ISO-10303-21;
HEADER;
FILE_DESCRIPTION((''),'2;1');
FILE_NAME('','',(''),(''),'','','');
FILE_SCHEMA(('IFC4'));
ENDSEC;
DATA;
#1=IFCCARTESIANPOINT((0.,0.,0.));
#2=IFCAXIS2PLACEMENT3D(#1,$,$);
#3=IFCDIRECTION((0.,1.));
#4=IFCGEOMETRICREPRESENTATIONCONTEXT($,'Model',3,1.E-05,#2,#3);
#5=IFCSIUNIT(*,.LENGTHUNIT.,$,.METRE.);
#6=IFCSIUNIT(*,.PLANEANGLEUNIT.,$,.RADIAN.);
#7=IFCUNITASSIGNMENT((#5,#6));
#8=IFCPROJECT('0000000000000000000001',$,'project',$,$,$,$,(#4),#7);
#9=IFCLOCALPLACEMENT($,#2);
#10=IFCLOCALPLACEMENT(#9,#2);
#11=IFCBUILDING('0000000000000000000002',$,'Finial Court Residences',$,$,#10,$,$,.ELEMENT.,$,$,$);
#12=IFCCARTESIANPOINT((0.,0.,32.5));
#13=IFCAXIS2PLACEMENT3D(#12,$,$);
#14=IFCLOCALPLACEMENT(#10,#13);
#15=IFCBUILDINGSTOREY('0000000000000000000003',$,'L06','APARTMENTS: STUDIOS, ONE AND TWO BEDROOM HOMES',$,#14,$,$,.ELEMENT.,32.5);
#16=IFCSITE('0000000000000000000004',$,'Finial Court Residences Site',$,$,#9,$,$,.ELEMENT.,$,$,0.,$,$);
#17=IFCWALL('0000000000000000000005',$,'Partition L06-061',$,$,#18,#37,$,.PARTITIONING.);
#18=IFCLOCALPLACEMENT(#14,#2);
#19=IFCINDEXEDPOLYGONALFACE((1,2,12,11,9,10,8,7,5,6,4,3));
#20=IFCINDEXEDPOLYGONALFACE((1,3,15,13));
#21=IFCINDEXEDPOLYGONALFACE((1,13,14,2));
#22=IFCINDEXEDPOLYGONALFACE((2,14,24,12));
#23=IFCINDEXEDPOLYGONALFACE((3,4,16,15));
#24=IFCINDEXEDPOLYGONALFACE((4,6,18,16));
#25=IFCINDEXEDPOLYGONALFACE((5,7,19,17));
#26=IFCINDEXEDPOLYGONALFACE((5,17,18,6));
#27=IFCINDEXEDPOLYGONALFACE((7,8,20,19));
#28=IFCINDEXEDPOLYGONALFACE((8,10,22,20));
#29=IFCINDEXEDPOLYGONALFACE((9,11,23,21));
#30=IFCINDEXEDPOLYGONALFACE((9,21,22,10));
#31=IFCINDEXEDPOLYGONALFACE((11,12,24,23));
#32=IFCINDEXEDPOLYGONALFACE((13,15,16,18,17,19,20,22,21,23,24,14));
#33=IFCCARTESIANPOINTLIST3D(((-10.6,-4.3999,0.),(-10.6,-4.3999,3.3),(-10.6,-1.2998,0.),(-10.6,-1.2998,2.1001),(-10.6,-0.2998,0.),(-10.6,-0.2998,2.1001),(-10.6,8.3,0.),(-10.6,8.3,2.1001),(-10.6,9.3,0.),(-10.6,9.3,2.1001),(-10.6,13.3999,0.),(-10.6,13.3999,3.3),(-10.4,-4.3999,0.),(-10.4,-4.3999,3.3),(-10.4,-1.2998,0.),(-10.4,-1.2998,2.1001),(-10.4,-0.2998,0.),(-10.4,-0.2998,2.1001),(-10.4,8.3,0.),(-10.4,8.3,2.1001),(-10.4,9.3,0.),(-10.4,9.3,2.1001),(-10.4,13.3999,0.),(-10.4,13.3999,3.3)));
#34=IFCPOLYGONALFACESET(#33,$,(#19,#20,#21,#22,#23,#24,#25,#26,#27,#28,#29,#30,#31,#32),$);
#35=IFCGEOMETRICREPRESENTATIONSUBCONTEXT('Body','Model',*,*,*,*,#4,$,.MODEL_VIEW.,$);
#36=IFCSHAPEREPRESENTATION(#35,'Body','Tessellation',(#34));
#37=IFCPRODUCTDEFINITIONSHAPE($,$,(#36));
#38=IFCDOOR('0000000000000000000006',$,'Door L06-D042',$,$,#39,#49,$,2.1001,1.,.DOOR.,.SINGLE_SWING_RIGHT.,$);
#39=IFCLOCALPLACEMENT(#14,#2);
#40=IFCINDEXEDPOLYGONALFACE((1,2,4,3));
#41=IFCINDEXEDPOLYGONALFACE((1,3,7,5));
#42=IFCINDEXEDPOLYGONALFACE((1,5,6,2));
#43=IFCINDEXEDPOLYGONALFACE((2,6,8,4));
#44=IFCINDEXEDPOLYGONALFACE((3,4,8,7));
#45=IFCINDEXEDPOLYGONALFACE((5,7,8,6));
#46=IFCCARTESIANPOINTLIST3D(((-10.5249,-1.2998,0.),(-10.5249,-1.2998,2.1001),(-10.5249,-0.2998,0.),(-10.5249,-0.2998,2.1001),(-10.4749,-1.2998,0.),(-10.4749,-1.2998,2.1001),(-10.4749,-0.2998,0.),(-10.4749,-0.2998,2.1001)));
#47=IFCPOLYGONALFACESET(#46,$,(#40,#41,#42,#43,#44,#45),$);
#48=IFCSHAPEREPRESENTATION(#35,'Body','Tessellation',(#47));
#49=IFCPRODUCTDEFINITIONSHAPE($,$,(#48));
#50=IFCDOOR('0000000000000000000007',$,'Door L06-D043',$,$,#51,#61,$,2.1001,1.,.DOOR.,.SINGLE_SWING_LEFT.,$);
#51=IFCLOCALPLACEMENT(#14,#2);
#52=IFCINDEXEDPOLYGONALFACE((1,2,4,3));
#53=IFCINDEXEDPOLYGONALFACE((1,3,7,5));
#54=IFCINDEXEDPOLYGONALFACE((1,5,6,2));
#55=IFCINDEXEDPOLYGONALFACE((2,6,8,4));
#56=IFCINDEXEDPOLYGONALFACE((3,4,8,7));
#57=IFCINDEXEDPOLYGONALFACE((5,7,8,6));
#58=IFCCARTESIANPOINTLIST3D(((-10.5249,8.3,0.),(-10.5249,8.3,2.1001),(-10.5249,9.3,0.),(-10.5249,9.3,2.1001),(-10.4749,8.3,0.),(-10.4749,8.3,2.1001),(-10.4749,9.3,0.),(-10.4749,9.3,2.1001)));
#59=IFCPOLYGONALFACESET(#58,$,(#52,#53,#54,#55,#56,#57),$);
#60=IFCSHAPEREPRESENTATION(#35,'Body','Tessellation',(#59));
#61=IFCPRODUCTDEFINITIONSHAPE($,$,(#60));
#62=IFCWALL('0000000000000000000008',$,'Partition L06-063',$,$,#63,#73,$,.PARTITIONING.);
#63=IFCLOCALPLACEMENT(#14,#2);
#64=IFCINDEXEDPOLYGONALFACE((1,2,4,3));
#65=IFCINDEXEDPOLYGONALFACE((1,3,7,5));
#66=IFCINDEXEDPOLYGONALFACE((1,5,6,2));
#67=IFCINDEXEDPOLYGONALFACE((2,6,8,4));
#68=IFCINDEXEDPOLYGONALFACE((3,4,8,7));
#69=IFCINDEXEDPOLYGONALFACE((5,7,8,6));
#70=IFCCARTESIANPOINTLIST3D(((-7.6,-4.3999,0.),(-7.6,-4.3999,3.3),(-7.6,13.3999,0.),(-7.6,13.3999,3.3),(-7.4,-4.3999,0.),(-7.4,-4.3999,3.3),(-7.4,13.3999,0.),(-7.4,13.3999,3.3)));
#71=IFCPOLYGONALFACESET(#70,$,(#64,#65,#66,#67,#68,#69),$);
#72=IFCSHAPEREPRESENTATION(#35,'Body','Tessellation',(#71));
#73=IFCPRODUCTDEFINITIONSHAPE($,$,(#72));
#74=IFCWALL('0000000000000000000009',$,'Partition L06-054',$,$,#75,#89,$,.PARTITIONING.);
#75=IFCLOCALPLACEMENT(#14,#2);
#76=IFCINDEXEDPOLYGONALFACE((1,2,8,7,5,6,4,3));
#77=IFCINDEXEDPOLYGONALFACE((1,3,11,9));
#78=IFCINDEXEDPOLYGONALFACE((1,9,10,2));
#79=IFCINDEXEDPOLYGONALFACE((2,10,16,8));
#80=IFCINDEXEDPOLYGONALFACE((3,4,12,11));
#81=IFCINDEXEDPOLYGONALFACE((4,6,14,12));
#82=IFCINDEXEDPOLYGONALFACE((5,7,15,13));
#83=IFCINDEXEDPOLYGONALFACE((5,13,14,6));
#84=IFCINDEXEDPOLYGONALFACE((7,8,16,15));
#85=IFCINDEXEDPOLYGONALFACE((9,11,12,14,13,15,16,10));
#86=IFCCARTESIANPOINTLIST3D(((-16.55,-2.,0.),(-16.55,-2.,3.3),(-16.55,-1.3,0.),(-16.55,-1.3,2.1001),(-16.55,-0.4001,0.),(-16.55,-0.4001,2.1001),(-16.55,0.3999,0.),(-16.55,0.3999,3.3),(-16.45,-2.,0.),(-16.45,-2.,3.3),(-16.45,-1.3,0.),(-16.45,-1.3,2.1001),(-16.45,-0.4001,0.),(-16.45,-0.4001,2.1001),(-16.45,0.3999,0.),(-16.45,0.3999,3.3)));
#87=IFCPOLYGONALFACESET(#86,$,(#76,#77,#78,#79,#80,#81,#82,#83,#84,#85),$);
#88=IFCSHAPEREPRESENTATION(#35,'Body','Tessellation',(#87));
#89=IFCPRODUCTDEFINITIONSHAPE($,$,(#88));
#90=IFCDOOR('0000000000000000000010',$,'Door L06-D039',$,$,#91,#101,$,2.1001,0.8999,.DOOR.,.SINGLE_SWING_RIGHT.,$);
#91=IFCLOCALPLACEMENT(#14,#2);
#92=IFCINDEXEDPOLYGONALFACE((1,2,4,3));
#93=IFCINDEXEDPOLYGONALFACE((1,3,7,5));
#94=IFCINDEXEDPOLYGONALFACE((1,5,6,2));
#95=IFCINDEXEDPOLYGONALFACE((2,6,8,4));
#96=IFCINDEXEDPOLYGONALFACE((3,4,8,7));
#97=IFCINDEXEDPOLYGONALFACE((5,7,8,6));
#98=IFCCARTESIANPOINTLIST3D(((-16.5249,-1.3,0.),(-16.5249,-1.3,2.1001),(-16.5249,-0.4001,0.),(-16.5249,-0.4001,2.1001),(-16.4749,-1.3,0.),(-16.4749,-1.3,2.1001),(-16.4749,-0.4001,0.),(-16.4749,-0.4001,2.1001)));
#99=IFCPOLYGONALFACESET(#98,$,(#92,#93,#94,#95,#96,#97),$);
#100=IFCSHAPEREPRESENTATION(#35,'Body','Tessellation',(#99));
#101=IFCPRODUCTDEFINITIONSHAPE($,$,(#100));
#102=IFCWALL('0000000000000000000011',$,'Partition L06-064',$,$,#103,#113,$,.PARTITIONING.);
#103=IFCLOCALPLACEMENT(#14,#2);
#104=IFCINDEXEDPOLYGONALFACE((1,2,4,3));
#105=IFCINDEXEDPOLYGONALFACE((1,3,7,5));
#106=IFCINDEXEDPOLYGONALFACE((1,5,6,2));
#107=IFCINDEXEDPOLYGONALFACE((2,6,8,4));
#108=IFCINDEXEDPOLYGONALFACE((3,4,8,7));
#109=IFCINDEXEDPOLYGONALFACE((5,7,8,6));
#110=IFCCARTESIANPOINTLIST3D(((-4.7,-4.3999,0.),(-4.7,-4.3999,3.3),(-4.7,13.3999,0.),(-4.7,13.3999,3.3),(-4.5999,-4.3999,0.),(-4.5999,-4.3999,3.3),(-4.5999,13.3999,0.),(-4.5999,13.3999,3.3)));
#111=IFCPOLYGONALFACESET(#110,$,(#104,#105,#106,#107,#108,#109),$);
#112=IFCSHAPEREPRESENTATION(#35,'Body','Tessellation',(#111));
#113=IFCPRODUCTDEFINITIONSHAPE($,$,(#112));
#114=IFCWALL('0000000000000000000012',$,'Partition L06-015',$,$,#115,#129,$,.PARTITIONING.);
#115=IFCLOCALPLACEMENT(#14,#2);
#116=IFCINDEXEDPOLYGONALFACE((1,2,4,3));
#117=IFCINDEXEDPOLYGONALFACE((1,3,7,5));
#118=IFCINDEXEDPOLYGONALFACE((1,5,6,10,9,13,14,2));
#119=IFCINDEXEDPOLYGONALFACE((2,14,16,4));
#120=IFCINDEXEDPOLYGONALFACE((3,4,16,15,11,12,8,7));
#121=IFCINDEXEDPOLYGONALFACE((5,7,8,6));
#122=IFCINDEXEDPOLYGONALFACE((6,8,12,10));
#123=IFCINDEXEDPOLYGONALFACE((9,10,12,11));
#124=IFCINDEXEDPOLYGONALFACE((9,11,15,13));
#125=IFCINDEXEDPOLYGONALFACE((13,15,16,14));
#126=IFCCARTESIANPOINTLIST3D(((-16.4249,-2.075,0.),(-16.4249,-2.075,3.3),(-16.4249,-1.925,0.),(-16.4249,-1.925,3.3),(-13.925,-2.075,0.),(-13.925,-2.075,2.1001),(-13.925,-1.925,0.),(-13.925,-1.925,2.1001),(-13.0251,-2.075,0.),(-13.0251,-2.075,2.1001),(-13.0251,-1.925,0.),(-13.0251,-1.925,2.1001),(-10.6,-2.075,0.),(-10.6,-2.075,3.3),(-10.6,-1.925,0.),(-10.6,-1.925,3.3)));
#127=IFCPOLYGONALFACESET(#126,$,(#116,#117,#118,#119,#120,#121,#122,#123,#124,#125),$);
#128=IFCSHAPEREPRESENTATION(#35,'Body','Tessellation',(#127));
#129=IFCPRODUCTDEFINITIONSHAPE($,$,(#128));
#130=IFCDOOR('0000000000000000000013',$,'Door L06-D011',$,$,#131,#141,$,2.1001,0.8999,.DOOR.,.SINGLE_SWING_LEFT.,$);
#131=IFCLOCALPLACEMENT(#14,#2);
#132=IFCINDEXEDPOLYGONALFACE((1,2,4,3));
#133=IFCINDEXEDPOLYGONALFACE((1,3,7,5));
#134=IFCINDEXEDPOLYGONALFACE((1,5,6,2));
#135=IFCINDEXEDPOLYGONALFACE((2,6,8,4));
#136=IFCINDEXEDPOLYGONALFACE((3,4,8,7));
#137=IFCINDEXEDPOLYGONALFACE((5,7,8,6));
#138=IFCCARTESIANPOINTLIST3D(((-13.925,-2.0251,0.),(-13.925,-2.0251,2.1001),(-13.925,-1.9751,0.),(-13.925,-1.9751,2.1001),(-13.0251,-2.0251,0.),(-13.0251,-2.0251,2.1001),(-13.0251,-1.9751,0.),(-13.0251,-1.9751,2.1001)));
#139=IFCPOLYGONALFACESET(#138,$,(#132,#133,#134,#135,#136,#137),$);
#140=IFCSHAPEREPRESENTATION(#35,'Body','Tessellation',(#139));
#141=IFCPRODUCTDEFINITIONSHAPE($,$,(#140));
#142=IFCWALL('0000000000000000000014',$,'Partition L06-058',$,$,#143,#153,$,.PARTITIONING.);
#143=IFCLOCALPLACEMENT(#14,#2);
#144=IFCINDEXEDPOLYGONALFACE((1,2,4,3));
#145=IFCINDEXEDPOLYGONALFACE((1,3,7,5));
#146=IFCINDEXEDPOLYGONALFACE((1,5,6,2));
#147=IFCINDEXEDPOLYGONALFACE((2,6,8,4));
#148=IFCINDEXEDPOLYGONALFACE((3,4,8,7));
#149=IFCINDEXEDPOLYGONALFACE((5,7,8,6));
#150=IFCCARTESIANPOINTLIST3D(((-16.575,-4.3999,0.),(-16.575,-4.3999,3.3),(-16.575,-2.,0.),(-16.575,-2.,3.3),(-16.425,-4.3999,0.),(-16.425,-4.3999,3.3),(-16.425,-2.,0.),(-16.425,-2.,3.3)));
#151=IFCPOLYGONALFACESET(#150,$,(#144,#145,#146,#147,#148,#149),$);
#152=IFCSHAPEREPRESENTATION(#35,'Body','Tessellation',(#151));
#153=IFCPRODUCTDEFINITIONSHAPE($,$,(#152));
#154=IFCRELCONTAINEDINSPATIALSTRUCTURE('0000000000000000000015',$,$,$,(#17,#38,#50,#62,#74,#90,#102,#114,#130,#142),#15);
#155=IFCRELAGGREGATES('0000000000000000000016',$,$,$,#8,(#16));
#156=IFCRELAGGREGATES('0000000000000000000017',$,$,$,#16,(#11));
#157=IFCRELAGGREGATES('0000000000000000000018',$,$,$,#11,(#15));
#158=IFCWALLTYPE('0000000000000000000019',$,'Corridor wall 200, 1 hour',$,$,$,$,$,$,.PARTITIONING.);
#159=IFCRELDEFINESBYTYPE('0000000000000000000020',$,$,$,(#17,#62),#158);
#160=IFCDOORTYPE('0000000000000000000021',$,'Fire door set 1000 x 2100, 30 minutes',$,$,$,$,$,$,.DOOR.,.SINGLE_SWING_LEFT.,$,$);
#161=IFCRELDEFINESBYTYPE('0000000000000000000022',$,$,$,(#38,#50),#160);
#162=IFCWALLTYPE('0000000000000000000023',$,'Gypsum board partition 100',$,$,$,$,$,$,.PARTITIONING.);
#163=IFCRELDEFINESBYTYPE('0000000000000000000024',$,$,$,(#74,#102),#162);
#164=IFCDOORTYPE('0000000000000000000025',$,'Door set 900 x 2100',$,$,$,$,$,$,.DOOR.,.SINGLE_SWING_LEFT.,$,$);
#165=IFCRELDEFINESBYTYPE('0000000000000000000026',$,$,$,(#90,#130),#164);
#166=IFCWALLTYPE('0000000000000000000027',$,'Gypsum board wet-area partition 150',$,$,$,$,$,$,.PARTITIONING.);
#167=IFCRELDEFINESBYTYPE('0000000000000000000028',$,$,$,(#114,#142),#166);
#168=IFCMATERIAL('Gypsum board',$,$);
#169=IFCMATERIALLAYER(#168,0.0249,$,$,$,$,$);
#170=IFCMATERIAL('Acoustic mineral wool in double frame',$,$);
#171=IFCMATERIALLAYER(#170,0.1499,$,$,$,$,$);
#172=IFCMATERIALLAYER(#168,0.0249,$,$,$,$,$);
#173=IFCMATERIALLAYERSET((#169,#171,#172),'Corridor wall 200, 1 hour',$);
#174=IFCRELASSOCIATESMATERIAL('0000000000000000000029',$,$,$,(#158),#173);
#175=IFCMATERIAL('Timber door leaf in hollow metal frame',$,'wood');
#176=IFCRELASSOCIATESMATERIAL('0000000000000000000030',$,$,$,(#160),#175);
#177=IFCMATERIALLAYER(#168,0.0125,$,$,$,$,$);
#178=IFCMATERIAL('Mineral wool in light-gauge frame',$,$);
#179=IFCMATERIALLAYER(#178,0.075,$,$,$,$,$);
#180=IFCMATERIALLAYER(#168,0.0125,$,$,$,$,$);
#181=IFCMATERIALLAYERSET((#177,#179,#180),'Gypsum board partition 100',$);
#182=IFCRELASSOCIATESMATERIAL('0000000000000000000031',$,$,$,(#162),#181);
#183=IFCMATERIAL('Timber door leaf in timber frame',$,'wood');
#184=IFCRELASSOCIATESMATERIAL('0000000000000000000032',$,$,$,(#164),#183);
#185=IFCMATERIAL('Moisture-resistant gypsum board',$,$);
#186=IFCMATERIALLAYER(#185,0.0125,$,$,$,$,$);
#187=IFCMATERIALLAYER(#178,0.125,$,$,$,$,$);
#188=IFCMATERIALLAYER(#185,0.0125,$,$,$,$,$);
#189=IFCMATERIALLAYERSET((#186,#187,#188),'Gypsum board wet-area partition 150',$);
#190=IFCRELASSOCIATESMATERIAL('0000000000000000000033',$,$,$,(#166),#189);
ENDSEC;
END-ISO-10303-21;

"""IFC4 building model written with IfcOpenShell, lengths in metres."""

from ifc_helpers import new_model, si_unit, direction, frame, frame_2d, origin, place, context, subcontext, project, spatial, rectangle, extrude, material, layer, layer_set, type_object, element, fill, save


model = new_model("IFC4")

# Units and contexts
model_context = context("Model", 3, precision=1e-05, world=origin(), true_north=direction((0.0, 1.0)))
body_context = subcontext(model_context, "Body", "Model", "MODEL_VIEW")
ifc_project = project(units=[si_unit("LENGTHUNIT", "METRE"), si_unit("PLANEANGLEUNIT", "RADIAN")], contexts=[model_context])

# Site, building, storey
site_placement = place(None, origin())
site = spatial("IfcSite", under=ifc_project, at=site_placement, Name="Finial Court Residences Site", CompositionType="ELEMENT", RefElevation=0.0)
building_placement = place(site_placement, origin())
building = spatial("IfcBuilding", under=site, at=building_placement, Name="Finial Court Residences", CompositionType="ELEMENT")
storey_placement = place(building_placement, frame((0.0, 0.0, 32.5)))
storey = spatial("IfcBuildingStorey", under=building, at=storey_placement, Name="L06", Description="APARTMENTS: STUDIOS, ONE AND TWO BEDROOM HOMES", CompositionType="ELEMENT", Elevation=32.5)

# Wall, openings, doors
ifc_material_1 = material(Name="Gypsum board")
ifc_layer_1 = layer(ifc_material_1, 0.0249)
ifc_material_2 = material(Name="Acoustic mineral wool in double frame")
ifc_layer_2 = layer(ifc_material_2, 0.1499)
ifc_layer_3 = layer(ifc_material_1, 0.0249)
ifc_layer_set_1 = layer_set([ifc_layer_1, ifc_layer_2, ifc_layer_3], Name="Corridor wall 200, 1 hour")
wall_type_1 = type_object("IfcWallType", Name="Corridor wall 200, 1 hour", PredefinedType="PARTITIONING", material=ifc_layer_set_1)
ifc_material_3 = material(Name="Timber door leaf in hollow metal frame", Category="wood")
wall_1_placement = place(storey_placement, frame((-10.5, -4.3999, 0.0), z_axis=(0.0, 0.0, 1.0), x_axis=(0.0, 1.0, 0.0)))
wall_1 = element("IfcWall", 1, at=wall_1_placement, inside=storey, type_object=wall_type_1, Name="Partition L06-061", PredefinedType="PARTITIONING", context=body_context, shape_type="SweptSolid", body=[
    extrude(rectangle(XDim=17.7998, YDim=0.2, at=frame_2d((8.8999, 0.0))), origin(), (0.0, 0.0, 1.0), 3.3),
])
opening_1_placement = place(wall_1_placement, frame((3.1001, 0.0, 0.0)))
opening_1 = element("IfcOpeningElement", 2, at=opening_1_placement, cuts=wall_1, PredefinedType="OPENING", context=body_context, shape_type="SweptSolid", body=[
    extrude(rectangle(XDim=1.0, YDim=2.1001, at=frame_2d((0.5, 1.05))), frame((0.0, 0.1099, 0.0), z_axis=(0.0, -1.0, 0.0), x_axis=(1.0, 0.0, 0.0)), (0.0, 0.0, 1.0), 0.22),
])
opening_2_placement = place(wall_1_placement, frame((12.7, 0.0, 0.0)))
opening_2 = element("IfcOpeningElement", 3, at=opening_2_placement, cuts=wall_1, PredefinedType="OPENING", context=body_context, shape_type="SweptSolid", body=[
    extrude(rectangle(XDim=1.0, YDim=2.1001, at=frame_2d((0.5, 1.05))), frame((0.0, 0.1099, 0.0), z_axis=(0.0, -1.0, 0.0), x_axis=(1.0, 0.0, 0.0)), (0.0, 0.0, 1.0), 0.22),
])
door_type_1 = type_object("IfcDoorType", Name="Fire door set 1000 x 2100, 30 minutes", OperationType="SINGLE_SWING_LEFT", PredefinedType="DOOR", material=ifc_material_3)
door_1_placement = place(opening_1_placement, origin())
door_1 = element("IfcDoor", 4, at=door_1_placement, inside=storey, type_object=door_type_1, Name="Door L06-D042", OperationType="SINGLE_SWING_RIGHT", OverallHeight=2.1001, OverallWidth=1.0, PredefinedType="DOOR", context=body_context, shape_type="SweptSolid", body=[
    extrude(rectangle(XDim=1.0, YDim=2.1001, at=frame_2d((0.5, 1.05))), frame((0.0, 0.0249, 0.0), z_axis=(0.0, -1.0, 0.0), x_axis=(1.0, 0.0, 0.0)), (0.0, 0.0, 1.0), 0.05),
])
fill(opening_1, door_1)
door_2_placement = place(opening_2_placement, origin())
door_2 = element("IfcDoor", 5, at=door_2_placement, inside=storey, type_object=door_type_1, Name="Door L06-D043", OperationType="SINGLE_SWING_LEFT", OverallHeight=2.1001, OverallWidth=1.0, PredefinedType="DOOR", context=body_context, shape_type="SweptSolid", body=[
    extrude(rectangle(XDim=1.0, YDim=2.1001, at=frame_2d((0.5, 1.05))), frame((0.0, 0.0249, 0.0), z_axis=(0.0, -1.0, 0.0), x_axis=(1.0, 0.0, 0.0)), (0.0, 0.0, 1.0), 0.05),
])
fill(opening_2, door_2)

# Wall
wall_2_placement = place(storey_placement, frame((-7.5, -4.3999, 0.0), z_axis=(0.0, 0.0, 1.0), x_axis=(0.0, 1.0, 0.0)))
element("IfcWall", 6, at=wall_2_placement, inside=storey, type_object=wall_type_1, Name="Partition L06-063", PredefinedType="PARTITIONING", context=body_context, shape_type="SweptSolid", body=[
    extrude(rectangle(XDim=17.7998, YDim=0.2, at=frame_2d((8.8999, 0.0))), origin(), (0.0, 0.0, 1.0), 3.3),
])

# Wall, opening, door
ifc_layer_4 = layer(ifc_material_1, 0.0125)
ifc_material_4 = material(Name="Mineral wool in light-gauge frame")
ifc_layer_5 = layer(ifc_material_4, 0.075)
ifc_layer_6 = layer(ifc_material_1, 0.0125)
ifc_layer_set_2 = layer_set([ifc_layer_4, ifc_layer_5, ifc_layer_6], Name="Gypsum board partition 100")
wall_type_2 = type_object("IfcWallType", Name="Gypsum board partition 100", PredefinedType="PARTITIONING", material=ifc_layer_set_2)
wall_3_placement = place(storey_placement, frame((-16.5, -2.0, 0.0), z_axis=(0.0, 0.0, 1.0), x_axis=(0.0, 1.0, 0.0)))
wall_3 = element("IfcWall", 7, at=wall_3_placement, inside=storey, type_object=wall_type_2, Name="Partition L06-054", PredefinedType="PARTITIONING", context=body_context, shape_type="SweptSolid", body=[
    extrude(rectangle(XDim=2.3999, YDim=0.1001, at=frame_2d((1.2, 0.0))), origin(), (0.0, 0.0, 1.0), 3.3),
])
opening_3_placement = place(wall_3_placement, frame((0.7, 0.0, 0.0)))
opening_3 = element("IfcOpeningElement", 8, at=opening_3_placement, cuts=wall_3, PredefinedType="OPENING", context=body_context, shape_type="SweptSolid", body=[
    extrude(rectangle(XDim=0.8999, YDim=2.1001, at=frame_2d((0.45, 1.05))), frame((0.0, 0.0601, 0.0), z_axis=(0.0, -1.0, 0.0), x_axis=(1.0, 0.0, 0.0)), (0.0, 0.0, 1.0), 0.1201),
])
ifc_material_5 = material(Name="Timber door leaf in timber frame", Category="wood")
door_type_2 = type_object("IfcDoorType", Name="Door set 900 x 2100", OperationType="SINGLE_SWING_LEFT", PredefinedType="DOOR", material=ifc_material_5)
door_3_placement = place(opening_3_placement, origin())
door_3 = element("IfcDoor", 9, at=door_3_placement, inside=storey, type_object=door_type_2, Name="Door L06-D039", OperationType="SINGLE_SWING_RIGHT", OverallHeight=2.1001, OverallWidth=0.8999, PredefinedType="DOOR", context=body_context, shape_type="SweptSolid", body=[
    extrude(rectangle(XDim=0.8999, YDim=2.1001, at=frame_2d((0.45, 1.05))), frame((0.0, 0.0249, 0.0), z_axis=(0.0, -1.0, 0.0), x_axis=(1.0, 0.0, 0.0)), (0.0, 0.0, 1.0), 0.05),
])
fill(opening_3, door_3)

# Wall
wall_4_placement = place(storey_placement, frame((-4.6499, -4.3999, 0.0), z_axis=(0.0, 0.0, 1.0), x_axis=(0.0, 1.0, 0.0)))
element("IfcWall", 10, at=wall_4_placement, inside=storey, type_object=wall_type_2, Name="Partition L06-064", PredefinedType="PARTITIONING", context=body_context, shape_type="SweptSolid", body=[
    extrude(rectangle(XDim=17.7998, YDim=0.1001, at=frame_2d((8.8999, 0.0))), origin(), (0.0, 0.0, 1.0), 3.3),
])

# Wall, opening, door
ifc_material_6 = material(Name="Moisture-resistant gypsum board")
ifc_layer_7 = layer(ifc_material_6, 0.0125)
ifc_layer_8 = layer(ifc_material_4, 0.125)
ifc_layer_9 = layer(ifc_material_6, 0.0125)
ifc_layer_set_3 = layer_set([ifc_layer_7, ifc_layer_8, ifc_layer_9], Name="Gypsum board wet-area partition 150")
wall_type_3 = type_object("IfcWallType", Name="Gypsum board wet-area partition 150", PredefinedType="PARTITIONING", material=ifc_layer_set_3)
wall_5_placement = place(storey_placement, frame((-16.425, -2.0, 0.0), z_axis=(0.0, 0.0, 1.0), x_axis=(1.0, 0.0, 0.0)))
wall_5 = element("IfcWall", 11, at=wall_5_placement, inside=storey, type_object=wall_type_3, Name="Partition L06-015", PredefinedType="PARTITIONING", context=body_context, shape_type="SweptSolid", body=[
    extrude(rectangle(XDim=5.825, YDim=0.1499, at=frame_2d((2.9126, 0.0))), origin(), (0.0, 0.0, 1.0), 3.3),
])
opening_4_placement = place(wall_5_placement, frame((2.5, 0.0, 0.0)))
opening_4 = element("IfcOpeningElement", 12, at=opening_4_placement, cuts=wall_5, PredefinedType="OPENING", context=body_context, shape_type="SweptSolid", body=[
    extrude(rectangle(XDim=0.8999, YDim=2.1001, at=frame_2d((0.45, 1.05))), frame((0.0, 0.085, 0.0), z_axis=(0.0, -1.0, 0.0), x_axis=(1.0, 0.0, 0.0)), (0.0, 0.0, 1.0), 0.1699),
])
door_4_placement = place(opening_4_placement, origin())
door_4 = element("IfcDoor", 13, at=door_4_placement, inside=storey, type_object=door_type_2, Name="Door L06-D011", OperationType="SINGLE_SWING_LEFT", OverallHeight=2.1001, OverallWidth=0.8999, PredefinedType="DOOR", context=body_context, shape_type="SweptSolid", body=[
    extrude(rectangle(XDim=0.8999, YDim=2.1001, at=frame_2d((0.45, 1.05))), frame((0.0, 0.0249, 0.0), z_axis=(0.0, -1.0, 0.0), x_axis=(1.0, 0.0, 0.0)), (0.0, 0.0, 1.0), 0.05),
])
fill(opening_4, door_4)

# Wall
wall_6_placement = place(storey_placement, frame((-16.5, -4.3999, 0.0), z_axis=(0.0, 0.0, 1.0), x_axis=(0.0, 1.0, 0.0)))
element("IfcWall", 14, at=wall_6_placement, inside=storey, type_object=wall_type_3, Name="Partition L06-058", PredefinedType="PARTITIONING", context=body_context, shape_type="SweptSolid", body=[
    extrude(rectangle(XDim=2.3999, YDim=0.1499, at=frame_2d((1.2, 0.0))), origin(), (0.0, 0.0, 1.0), 3.3),
])

save(model, "model.ifc")
